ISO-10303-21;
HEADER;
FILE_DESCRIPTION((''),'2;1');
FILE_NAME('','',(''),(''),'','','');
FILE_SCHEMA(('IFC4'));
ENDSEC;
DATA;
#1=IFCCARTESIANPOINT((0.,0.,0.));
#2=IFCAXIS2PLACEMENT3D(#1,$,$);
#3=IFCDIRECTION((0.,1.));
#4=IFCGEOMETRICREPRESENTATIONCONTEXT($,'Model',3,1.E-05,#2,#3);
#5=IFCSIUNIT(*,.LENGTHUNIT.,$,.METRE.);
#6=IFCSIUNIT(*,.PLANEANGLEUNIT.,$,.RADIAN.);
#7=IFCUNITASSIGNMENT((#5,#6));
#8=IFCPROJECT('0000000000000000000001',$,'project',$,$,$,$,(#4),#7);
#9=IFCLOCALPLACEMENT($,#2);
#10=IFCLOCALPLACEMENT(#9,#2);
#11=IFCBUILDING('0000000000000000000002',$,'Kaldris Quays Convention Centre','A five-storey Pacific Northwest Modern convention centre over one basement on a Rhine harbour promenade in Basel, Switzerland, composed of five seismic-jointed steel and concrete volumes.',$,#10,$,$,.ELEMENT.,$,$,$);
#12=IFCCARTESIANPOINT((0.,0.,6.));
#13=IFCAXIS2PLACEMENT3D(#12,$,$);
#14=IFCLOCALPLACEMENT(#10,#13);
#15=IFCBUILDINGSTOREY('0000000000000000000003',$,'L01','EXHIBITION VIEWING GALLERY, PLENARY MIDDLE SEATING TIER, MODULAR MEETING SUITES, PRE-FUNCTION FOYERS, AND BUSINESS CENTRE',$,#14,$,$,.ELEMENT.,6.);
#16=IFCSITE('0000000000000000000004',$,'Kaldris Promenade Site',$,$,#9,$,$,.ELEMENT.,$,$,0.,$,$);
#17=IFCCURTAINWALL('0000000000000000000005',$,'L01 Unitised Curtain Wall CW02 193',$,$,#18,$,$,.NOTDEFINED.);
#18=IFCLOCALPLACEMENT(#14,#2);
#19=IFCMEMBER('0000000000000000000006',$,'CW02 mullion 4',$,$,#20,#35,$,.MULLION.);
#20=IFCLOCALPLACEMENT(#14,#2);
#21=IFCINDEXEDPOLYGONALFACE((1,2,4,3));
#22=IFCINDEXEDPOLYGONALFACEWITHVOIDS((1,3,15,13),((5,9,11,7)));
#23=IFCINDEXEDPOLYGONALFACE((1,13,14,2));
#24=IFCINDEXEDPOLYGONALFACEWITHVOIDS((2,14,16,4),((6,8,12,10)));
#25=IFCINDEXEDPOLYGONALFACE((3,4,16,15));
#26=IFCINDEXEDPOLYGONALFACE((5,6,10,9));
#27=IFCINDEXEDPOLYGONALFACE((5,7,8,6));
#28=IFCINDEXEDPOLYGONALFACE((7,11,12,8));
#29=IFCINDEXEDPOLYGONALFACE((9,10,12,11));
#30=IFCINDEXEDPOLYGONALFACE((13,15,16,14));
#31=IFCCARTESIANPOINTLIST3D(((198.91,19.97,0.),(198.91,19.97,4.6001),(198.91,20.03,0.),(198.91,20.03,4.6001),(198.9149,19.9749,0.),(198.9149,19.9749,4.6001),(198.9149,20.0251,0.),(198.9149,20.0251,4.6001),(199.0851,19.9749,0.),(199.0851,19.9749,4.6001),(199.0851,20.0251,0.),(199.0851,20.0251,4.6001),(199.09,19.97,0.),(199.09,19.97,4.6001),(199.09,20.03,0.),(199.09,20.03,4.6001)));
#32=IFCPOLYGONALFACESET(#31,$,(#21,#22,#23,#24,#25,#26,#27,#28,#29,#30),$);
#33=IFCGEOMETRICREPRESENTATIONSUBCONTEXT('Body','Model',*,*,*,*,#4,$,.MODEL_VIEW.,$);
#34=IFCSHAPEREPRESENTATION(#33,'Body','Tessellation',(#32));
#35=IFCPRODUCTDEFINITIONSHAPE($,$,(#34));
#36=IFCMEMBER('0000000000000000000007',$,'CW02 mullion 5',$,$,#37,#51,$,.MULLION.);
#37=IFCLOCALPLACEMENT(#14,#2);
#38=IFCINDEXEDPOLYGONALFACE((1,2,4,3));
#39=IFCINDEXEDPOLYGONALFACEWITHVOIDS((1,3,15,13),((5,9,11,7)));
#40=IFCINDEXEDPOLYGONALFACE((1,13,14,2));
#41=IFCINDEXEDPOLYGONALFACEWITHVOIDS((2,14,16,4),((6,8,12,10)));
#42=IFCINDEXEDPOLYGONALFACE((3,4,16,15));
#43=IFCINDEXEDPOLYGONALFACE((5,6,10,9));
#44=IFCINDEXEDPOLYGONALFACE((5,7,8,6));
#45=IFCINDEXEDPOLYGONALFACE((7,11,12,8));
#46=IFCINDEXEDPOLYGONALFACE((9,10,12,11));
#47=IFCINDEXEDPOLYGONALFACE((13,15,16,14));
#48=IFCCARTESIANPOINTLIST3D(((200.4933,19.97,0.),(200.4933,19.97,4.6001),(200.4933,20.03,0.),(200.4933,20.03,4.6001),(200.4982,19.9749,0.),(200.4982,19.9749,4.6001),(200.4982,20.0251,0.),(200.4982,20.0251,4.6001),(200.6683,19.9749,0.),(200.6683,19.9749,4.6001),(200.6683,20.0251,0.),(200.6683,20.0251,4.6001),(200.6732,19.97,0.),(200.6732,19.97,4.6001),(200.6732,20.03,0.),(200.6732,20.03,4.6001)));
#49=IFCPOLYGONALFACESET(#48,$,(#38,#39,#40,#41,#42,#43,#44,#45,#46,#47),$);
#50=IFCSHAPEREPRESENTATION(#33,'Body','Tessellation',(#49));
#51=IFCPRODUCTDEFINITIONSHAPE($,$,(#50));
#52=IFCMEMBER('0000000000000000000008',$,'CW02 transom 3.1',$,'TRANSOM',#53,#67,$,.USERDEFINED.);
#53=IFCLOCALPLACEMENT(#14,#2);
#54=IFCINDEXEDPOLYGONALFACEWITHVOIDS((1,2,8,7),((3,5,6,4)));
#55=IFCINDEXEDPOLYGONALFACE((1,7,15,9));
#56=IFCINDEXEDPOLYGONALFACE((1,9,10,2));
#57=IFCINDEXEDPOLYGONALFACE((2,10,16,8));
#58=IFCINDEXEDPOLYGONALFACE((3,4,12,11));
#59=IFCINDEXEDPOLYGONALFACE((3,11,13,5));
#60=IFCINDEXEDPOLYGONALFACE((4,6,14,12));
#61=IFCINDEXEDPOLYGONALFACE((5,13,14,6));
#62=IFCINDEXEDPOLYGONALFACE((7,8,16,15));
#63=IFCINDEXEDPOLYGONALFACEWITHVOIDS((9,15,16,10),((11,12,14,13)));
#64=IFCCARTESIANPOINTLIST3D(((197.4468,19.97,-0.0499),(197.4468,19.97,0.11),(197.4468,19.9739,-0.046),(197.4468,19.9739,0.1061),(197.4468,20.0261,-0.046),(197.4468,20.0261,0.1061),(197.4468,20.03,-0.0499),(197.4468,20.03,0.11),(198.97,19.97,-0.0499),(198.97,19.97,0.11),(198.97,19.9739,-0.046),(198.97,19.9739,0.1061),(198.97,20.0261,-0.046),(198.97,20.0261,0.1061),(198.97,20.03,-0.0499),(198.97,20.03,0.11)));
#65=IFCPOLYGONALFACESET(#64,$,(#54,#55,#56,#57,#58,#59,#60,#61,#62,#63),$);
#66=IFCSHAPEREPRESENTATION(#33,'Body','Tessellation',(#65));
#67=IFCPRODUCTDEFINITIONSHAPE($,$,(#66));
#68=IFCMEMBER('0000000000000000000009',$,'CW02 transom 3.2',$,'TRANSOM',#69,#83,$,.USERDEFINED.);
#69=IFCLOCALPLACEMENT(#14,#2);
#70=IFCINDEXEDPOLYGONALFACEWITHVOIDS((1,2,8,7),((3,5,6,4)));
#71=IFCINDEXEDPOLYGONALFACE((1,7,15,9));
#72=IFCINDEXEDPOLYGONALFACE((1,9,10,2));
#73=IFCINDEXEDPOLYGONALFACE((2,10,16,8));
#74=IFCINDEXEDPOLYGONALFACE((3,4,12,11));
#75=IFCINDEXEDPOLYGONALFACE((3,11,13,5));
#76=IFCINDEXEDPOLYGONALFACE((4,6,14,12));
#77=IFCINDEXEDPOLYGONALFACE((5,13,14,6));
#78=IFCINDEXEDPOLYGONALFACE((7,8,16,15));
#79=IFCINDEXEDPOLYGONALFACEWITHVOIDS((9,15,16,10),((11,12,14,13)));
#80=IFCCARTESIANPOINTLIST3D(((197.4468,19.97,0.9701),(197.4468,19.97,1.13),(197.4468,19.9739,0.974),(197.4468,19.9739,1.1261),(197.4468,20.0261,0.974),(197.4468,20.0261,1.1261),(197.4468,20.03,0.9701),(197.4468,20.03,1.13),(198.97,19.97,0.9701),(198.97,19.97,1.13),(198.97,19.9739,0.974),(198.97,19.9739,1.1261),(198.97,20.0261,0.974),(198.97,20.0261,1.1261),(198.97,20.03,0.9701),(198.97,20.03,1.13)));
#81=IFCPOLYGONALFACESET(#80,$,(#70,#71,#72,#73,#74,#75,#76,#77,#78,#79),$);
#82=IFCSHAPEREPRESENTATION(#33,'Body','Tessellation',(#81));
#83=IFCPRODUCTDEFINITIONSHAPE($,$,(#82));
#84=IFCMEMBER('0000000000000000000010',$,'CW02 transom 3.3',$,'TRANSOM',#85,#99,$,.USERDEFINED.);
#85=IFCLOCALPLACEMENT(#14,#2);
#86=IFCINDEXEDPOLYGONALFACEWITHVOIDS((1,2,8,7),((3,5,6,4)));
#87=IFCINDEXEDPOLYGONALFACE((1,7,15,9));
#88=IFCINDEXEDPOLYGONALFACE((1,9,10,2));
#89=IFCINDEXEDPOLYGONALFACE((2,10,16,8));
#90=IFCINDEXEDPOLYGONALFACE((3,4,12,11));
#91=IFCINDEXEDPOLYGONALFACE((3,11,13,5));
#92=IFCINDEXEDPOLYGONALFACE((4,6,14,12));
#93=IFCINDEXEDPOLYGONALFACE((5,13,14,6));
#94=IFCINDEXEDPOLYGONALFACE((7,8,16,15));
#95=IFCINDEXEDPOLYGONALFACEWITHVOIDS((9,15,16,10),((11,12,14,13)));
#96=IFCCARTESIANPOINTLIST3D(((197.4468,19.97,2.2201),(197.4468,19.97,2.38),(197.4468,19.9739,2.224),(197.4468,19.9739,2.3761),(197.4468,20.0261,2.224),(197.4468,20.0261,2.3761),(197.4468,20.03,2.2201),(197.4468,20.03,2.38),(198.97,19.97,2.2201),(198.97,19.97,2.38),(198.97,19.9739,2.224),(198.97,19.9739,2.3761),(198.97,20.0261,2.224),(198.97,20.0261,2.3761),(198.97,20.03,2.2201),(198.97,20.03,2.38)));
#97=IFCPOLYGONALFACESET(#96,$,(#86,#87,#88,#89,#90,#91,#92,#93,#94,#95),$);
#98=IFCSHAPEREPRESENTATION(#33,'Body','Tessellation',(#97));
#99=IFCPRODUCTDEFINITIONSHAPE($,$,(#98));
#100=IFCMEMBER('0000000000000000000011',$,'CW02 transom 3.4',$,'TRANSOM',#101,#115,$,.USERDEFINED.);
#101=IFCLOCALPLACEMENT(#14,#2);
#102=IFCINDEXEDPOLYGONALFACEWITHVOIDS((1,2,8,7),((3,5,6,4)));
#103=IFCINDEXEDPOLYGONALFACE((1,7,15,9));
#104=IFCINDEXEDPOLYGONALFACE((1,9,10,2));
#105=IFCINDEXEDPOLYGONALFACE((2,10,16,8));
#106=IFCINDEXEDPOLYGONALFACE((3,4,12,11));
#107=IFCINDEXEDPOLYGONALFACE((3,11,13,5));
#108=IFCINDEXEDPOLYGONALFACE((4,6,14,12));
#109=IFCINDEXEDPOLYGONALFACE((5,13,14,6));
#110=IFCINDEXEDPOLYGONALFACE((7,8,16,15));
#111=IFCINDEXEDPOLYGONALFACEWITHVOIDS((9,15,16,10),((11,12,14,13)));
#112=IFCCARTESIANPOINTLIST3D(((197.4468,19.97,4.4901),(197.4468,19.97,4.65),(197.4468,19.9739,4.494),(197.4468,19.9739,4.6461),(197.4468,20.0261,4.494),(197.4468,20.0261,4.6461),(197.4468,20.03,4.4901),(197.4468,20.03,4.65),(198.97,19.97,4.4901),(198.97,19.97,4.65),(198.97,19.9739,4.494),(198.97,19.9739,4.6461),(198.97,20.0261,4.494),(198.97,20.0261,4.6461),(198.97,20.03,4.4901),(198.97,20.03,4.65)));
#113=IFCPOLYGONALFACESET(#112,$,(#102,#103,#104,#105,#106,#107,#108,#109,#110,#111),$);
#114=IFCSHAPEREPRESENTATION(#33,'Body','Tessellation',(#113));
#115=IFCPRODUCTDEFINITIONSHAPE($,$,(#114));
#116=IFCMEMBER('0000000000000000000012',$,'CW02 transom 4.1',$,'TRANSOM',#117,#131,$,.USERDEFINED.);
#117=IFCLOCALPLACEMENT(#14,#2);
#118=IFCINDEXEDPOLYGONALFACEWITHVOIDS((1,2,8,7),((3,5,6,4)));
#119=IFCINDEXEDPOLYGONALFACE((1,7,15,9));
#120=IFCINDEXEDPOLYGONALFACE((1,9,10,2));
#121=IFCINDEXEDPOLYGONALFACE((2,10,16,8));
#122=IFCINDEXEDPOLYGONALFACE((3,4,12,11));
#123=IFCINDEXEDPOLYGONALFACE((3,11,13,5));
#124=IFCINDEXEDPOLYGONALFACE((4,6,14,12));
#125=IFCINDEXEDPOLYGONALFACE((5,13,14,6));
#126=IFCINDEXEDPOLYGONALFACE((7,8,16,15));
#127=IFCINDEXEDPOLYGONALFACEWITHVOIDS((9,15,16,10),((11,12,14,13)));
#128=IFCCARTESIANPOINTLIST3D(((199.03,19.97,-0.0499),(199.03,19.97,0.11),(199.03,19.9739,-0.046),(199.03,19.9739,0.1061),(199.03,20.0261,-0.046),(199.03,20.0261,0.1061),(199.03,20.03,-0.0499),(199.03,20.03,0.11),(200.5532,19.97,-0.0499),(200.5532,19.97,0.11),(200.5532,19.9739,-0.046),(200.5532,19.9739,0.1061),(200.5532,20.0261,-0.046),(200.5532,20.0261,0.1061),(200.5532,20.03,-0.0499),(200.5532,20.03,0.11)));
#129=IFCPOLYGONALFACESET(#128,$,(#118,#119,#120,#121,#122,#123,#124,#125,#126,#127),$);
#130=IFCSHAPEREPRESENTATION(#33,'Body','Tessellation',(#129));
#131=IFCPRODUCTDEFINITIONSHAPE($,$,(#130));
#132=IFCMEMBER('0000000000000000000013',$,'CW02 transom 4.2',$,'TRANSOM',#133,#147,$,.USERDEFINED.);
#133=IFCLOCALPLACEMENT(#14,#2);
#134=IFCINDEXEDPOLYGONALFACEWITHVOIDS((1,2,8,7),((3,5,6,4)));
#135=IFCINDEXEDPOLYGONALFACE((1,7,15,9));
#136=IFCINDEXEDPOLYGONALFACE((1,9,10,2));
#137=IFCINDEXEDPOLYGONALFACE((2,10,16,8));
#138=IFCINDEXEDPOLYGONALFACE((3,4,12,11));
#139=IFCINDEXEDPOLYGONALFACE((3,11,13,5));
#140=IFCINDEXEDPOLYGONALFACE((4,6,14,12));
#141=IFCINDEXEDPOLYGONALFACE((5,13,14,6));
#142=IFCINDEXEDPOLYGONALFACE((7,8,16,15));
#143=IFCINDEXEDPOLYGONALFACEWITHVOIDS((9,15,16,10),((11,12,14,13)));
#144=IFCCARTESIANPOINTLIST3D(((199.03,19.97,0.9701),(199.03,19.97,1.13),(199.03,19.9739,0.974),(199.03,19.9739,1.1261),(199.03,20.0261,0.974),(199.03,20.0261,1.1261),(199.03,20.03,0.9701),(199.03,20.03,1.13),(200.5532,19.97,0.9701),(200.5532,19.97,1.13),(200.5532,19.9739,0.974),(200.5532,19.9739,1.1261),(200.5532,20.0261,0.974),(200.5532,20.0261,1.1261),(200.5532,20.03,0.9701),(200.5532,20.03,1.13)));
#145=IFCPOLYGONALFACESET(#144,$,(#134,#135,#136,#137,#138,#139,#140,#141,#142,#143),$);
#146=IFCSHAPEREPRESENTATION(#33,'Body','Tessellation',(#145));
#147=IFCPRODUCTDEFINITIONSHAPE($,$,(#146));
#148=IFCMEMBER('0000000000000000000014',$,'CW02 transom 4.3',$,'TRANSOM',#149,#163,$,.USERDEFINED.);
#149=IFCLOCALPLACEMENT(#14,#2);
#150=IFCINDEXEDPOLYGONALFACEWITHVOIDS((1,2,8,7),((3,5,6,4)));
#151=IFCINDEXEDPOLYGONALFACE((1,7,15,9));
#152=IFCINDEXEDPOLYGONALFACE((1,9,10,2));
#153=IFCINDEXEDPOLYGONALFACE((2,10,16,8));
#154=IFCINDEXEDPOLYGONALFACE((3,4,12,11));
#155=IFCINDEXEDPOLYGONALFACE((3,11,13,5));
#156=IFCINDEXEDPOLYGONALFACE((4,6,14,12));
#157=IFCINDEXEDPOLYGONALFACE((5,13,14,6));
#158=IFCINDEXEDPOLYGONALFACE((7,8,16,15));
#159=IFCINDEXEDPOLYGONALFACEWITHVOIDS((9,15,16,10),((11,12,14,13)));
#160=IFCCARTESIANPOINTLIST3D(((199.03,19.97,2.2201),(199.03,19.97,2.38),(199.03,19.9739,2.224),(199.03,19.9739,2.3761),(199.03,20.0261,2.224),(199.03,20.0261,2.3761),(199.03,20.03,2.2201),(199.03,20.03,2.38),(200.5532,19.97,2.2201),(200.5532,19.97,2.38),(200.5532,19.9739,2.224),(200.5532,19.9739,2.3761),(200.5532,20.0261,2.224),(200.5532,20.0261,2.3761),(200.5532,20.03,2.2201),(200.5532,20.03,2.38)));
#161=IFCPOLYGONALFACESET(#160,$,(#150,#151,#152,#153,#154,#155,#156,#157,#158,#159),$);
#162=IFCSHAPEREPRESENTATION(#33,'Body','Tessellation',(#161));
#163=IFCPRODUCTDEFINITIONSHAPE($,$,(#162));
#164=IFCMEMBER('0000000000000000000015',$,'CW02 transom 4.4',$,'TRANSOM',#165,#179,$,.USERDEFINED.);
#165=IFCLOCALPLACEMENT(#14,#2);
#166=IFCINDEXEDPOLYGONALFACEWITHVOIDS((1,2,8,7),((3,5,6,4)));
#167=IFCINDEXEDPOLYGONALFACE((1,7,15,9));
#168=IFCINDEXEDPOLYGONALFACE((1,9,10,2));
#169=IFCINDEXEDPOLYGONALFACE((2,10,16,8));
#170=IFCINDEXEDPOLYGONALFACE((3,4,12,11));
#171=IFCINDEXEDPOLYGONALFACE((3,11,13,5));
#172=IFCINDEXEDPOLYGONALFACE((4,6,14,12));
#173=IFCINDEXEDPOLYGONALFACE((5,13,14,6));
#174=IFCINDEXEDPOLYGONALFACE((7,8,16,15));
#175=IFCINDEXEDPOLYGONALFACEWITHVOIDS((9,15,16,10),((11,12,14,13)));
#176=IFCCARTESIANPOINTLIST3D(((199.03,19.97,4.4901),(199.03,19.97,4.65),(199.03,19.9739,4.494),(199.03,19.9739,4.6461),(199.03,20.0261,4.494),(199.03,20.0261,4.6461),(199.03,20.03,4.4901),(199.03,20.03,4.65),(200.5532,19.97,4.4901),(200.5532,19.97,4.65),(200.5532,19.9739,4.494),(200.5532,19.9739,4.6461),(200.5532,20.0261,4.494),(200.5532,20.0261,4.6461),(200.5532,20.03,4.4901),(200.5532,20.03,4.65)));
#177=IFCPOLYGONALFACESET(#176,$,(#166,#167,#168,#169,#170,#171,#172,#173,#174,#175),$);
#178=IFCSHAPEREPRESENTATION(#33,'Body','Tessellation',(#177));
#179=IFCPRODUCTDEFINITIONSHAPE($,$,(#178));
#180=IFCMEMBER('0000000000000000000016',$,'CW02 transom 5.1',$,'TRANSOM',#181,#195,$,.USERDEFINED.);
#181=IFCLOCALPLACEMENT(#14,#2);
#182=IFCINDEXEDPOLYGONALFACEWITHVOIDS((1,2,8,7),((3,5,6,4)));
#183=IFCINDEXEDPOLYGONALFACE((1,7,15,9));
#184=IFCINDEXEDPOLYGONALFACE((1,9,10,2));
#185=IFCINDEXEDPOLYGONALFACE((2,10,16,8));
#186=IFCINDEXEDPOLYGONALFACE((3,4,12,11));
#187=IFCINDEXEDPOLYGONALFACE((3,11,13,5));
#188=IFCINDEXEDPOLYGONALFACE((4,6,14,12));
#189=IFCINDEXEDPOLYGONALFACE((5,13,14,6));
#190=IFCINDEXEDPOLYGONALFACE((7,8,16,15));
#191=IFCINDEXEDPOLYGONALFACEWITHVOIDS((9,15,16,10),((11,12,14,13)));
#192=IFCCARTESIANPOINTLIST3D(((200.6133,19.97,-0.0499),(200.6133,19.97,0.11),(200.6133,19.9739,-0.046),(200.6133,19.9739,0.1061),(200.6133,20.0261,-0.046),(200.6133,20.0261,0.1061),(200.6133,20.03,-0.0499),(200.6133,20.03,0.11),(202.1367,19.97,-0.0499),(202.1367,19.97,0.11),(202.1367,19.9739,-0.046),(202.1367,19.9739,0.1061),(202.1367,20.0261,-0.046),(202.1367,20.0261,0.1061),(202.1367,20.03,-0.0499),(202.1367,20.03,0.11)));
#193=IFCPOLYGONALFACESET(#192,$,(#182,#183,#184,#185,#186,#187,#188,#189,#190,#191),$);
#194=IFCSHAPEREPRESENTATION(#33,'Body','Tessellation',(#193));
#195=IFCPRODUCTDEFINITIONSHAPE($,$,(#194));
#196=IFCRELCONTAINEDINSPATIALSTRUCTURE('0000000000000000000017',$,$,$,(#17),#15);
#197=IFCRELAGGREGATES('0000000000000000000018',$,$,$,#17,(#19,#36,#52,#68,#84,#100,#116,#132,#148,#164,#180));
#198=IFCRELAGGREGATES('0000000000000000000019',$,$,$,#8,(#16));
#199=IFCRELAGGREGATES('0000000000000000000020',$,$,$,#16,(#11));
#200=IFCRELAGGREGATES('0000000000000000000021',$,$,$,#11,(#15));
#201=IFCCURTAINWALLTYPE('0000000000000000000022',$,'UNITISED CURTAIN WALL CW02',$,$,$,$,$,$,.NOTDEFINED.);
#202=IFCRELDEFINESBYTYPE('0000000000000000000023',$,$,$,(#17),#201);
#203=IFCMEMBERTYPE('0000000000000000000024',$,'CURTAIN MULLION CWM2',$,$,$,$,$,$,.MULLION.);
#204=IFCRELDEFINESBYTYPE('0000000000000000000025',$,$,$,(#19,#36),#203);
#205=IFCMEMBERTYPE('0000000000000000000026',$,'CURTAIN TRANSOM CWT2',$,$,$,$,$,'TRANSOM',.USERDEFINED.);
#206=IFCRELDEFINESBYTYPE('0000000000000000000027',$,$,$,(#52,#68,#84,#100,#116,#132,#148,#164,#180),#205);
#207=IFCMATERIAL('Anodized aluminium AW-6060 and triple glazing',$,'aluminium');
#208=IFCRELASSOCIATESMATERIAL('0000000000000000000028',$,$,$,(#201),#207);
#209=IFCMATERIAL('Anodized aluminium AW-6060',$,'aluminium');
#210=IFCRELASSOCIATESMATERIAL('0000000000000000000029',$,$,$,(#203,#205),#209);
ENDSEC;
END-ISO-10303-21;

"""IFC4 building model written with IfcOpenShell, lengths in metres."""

from ifc_helpers import new_model, si_unit, direction, frame, origin, origin_2d, place, context, subcontext, project, spatial, hollow_rectangle, extrude, material, material_profile, profile_set, type_object, element, aggregate, save


model = new_model("IFC4")

# Units and contexts
model_context = context("Model", 3, precision=1e-05, world=origin(), true_north=direction((0.0, 1.0)))
body_context = subcontext(model_context, "Body", "Model", "MODEL_VIEW")
ifc_project = project(units=[si_unit("LENGTHUNIT", "METRE"), si_unit("PLANEANGLEUNIT", "RADIAN")], contexts=[model_context])

# Site, building, storey
site_placement = place(None, origin())
site = spatial("IfcSite", under=ifc_project, at=site_placement, Name="Kaldris Promenade Site", CompositionType="ELEMENT", RefElevation=0.0)
building_placement = place(site_placement, origin())
building = spatial("IfcBuilding", under=site, at=building_placement, Name="Kaldris Quays Convention Centre", Description="A five-storey Pacific Northwest Modern convention centre over one basement on a Rhine harbour promenade in Basel, Switzerland, composed of five seismic-jointed steel and concrete volumes.", CompositionType="ELEMENT")
storey_placement = place(building_placement, frame((0.0, 0.0, 6.0)))
storey = spatial("IfcBuildingStorey", under=building, at=storey_placement, Name="L01", Description="EXHIBITION VIEWING GALLERY, PLENARY MIDDLE SEATING TIER, MODULAR MEETING SUITES, PRE-FUNCTION FOYERS, AND BUSINESS CENTRE", CompositionType="ELEMENT", Elevation=6.0)

# Curtain wall, members
ifc_material_1 = material(Name="Anodized aluminium AW-6060 and triple glazing", Category="aluminium")
curtain_wall_type = type_object("IfcCurtainWallType", Name="UNITISED CURTAIN WALL CW02", PredefinedType="NOTDEFINED", material=ifc_material_1)
curtain_wall_placement = place(storey_placement, origin())
curtain_wall = element("IfcCurtainWall", 1, at=curtain_wall_placement, inside=storey, type_object=curtain_wall_type, Name="L01 Unitised Curtain Wall CW02 193", PredefinedType="NOTDEFINED")
ifc_material_2 = material(Name="Anodized aluminium AW-6060", Category="aluminium")
ifc_material_profile_1 = material_profile(ifc_material_2, hollow_rectangle(XDim=0.0601, YDim=0.1799, WallThickness=0.0049, at=origin_2d()), Name="RHS 180x60x5")
ifc_profile_set_1 = profile_set([ifc_material_profile_1], Name="Anodized aluminium AW-6060")
member_type_1 = type_object("IfcMemberType", Name="CURTAIN MULLION CWM2", PredefinedType="MULLION", material=ifc_profile_set_1)
member_1_placement = place(storey_placement, frame((199.0, 20.0, 0.0), z_axis=(0.0, 0.0, 1.0), x_axis=(0.0, 1.0, 0.0)))
member_1 = element("IfcMember", 2, at=member_1_placement, type_object=member_type_1, Name="CW02 mullion 4", PredefinedType="MULLION", context=body_context, shape_type="SweptSolid", body=[
    extrude(hollow_rectangle(XDim=0.0601, YDim=0.1799, WallThickness=0.0049, at=origin_2d()), origin(), (0.0, 0.0, 1.0), 4.6001),
])
member_2_placement = place(storey_placement, frame((200.5833, 20.0, 0.0), z_axis=(0.0, 0.0, 1.0), x_axis=(0.0, 1.0, 0.0)))
member_2 = element("IfcMember", 3, at=member_2_placement, type_object=member_type_1, Name="CW02 mullion 5", PredefinedType="MULLION", context=body_context, shape_type="SweptSolid", body=[
    extrude(hollow_rectangle(XDim=0.0601, YDim=0.1799, WallThickness=0.0049, at=origin_2d()), origin(), (0.0, 0.0, 1.0), 4.6001),
])
ifc_material_profile_2 = material_profile(ifc_material_2, hollow_rectangle(XDim=0.0601, YDim=0.1599, WallThickness=0.0039, at=origin_2d()), Name="RHS 160x60x4")
ifc_profile_set_2 = profile_set([ifc_material_profile_2], Name="Anodized aluminium AW-6060")
member_type_2 = type_object("IfcMemberType", Name="CURTAIN TRANSOM CWT2", ElementType="TRANSOM", PredefinedType="USERDEFINED", material=ifc_profile_set_2)
member_3_placement = place(storey_placement, frame((197.4468, 20.0, 0.03), z_axis=(1.0, 0.0, 0.0), x_axis=(0.0, 1.0, 0.0)))
member_3 = element("IfcMember", 4, at=member_3_placement, type_object=member_type_2, Name="CW02 transom 3.1", ObjectType="TRANSOM", PredefinedType="USERDEFINED", context=body_context, shape_type="SweptSolid", body=[
    extrude(hollow_rectangle(XDim=0.0601, YDim=0.1599, WallThickness=0.0039, at=origin_2d()), origin(), (0.0, 0.0, 1.0), 1.5232),
])
member_4_placement = place(storey_placement, frame((197.4468, 20.0, 1.05), z_axis=(1.0, 0.0, 0.0), x_axis=(0.0, 1.0, 0.0)))
member_4 = element("IfcMember", 5, at=member_4_placement, type_object=member_type_2, Name="CW02 transom 3.2", ObjectType="TRANSOM", PredefinedType="USERDEFINED", context=body_context, shape_type="SweptSolid", body=[
    extrude(hollow_rectangle(XDim=0.0601, YDim=0.1599, WallThickness=0.0039, at=origin_2d()), origin(), (0.0, 0.0, 1.0), 1.5232),
])
member_5_placement = place(storey_placement, frame((197.4468, 20.0, 2.3), z_axis=(1.0, 0.0, 0.0), x_axis=(0.0, 1.0, 0.0)))
member_5 = element("IfcMember", 6, at=member_5_placement, type_object=member_type_2, Name="CW02 transom 3.3", ObjectType="TRANSOM", PredefinedType="USERDEFINED", context=body_context, shape_type="SweptSolid", body=[
    extrude(hollow_rectangle(XDim=0.0601, YDim=0.1599, WallThickness=0.0039, at=origin_2d()), origin(), (0.0, 0.0, 1.0), 1.5232),
])
member_6_placement = place(storey_placement, frame((197.4468, 20.0, 4.5701), z_axis=(1.0, 0.0, 0.0), x_axis=(0.0, 1.0, 0.0)))
member_6 = element("IfcMember", 7, at=member_6_placement, type_object=member_type_2, Name="CW02 transom 3.4", ObjectType="TRANSOM", PredefinedType="USERDEFINED", context=body_context, shape_type="SweptSolid", body=[
    extrude(hollow_rectangle(XDim=0.0601, YDim=0.1599, WallThickness=0.0039, at=origin_2d()), origin(), (0.0, 0.0, 1.0), 1.5232),
])
member_7_placement = place(storey_placement, frame((199.03, 20.0, 0.03), z_axis=(1.0, 0.0, 0.0), x_axis=(0.0, 1.0, 0.0)))
member_7 = element("IfcMember", 8, at=member_7_placement, type_object=member_type_2, Name="CW02 transom 4.1", ObjectType="TRANSOM", PredefinedType="USERDEFINED", context=body_context, shape_type="SweptSolid", body=[
    extrude(hollow_rectangle(XDim=0.0601, YDim=0.1599, WallThickness=0.0039, at=origin_2d()), origin(), (0.0, 0.0, 1.0), 1.5232),
])
member_8_placement = place(storey_placement, frame((199.03, 20.0, 1.05), z_axis=(1.0, 0.0, 0.0), x_axis=(0.0, 1.0, 0.0)))
member_8 = element("IfcMember", 9, at=member_8_placement, type_object=member_type_2, Name="CW02 transom 4.2", ObjectType="TRANSOM", PredefinedType="USERDEFINED", context=body_context, shape_type="SweptSolid", body=[
    extrude(hollow_rectangle(XDim=0.0601, YDim=0.1599, WallThickness=0.0039, at=origin_2d()), origin(), (0.0, 0.0, 1.0), 1.5232),
])
member_9_placement = place(storey_placement, frame((199.03, 20.0, 2.3), z_axis=(1.0, 0.0, 0.0), x_axis=(0.0, 1.0, 0.0)))
member_9 = element("IfcMember", 10, at=member_9_placement, type_object=member_type_2, Name="CW02 transom 4.3", ObjectType="TRANSOM", PredefinedType="USERDEFINED", context=body_context, shape_type="SweptSolid", body=[
    extrude(hollow_rectangle(XDim=0.0601, YDim=0.1599, WallThickness=0.0039, at=origin_2d()), origin(), (0.0, 0.0, 1.0), 1.5232),
])
member_10_placement = place(storey_placement, frame((199.03, 20.0, 4.5701), z_axis=(1.0, 0.0, 0.0), x_axis=(0.0, 1.0, 0.0)))
member_10 = element("IfcMember", 11, at=member_10_placement, type_object=member_type_2, Name="CW02 transom 4.4", ObjectType="TRANSOM", PredefinedType="USERDEFINED", context=body_context, shape_type="SweptSolid", body=[
    extrude(hollow_rectangle(XDim=0.0601, YDim=0.1599, WallThickness=0.0039, at=origin_2d()), origin(), (0.0, 0.0, 1.0), 1.5232),
])
member_11_placement = place(storey_placement, frame((200.6133, 20.0, 0.03), z_axis=(1.0, 0.0, 0.0), x_axis=(0.0, 1.0, 0.0)))
member_11 = element("IfcMember", 12, at=member_11_placement, type_object=member_type_2, Name="CW02 transom 5.1", ObjectType="TRANSOM", PredefinedType="USERDEFINED", context=body_context, shape_type="SweptSolid", body=[
    extrude(hollow_rectangle(XDim=0.0601, YDim=0.1599, WallThickness=0.0039, at=origin_2d()), origin(), (0.0, 0.0, 1.0), 1.5234),
])
aggregate(curtain_wall, [member_1, member_2, member_3, member_4, member_5, member_6, member_7, member_8, member_9, member_10, member_11])

save(model, "model.ifc")
